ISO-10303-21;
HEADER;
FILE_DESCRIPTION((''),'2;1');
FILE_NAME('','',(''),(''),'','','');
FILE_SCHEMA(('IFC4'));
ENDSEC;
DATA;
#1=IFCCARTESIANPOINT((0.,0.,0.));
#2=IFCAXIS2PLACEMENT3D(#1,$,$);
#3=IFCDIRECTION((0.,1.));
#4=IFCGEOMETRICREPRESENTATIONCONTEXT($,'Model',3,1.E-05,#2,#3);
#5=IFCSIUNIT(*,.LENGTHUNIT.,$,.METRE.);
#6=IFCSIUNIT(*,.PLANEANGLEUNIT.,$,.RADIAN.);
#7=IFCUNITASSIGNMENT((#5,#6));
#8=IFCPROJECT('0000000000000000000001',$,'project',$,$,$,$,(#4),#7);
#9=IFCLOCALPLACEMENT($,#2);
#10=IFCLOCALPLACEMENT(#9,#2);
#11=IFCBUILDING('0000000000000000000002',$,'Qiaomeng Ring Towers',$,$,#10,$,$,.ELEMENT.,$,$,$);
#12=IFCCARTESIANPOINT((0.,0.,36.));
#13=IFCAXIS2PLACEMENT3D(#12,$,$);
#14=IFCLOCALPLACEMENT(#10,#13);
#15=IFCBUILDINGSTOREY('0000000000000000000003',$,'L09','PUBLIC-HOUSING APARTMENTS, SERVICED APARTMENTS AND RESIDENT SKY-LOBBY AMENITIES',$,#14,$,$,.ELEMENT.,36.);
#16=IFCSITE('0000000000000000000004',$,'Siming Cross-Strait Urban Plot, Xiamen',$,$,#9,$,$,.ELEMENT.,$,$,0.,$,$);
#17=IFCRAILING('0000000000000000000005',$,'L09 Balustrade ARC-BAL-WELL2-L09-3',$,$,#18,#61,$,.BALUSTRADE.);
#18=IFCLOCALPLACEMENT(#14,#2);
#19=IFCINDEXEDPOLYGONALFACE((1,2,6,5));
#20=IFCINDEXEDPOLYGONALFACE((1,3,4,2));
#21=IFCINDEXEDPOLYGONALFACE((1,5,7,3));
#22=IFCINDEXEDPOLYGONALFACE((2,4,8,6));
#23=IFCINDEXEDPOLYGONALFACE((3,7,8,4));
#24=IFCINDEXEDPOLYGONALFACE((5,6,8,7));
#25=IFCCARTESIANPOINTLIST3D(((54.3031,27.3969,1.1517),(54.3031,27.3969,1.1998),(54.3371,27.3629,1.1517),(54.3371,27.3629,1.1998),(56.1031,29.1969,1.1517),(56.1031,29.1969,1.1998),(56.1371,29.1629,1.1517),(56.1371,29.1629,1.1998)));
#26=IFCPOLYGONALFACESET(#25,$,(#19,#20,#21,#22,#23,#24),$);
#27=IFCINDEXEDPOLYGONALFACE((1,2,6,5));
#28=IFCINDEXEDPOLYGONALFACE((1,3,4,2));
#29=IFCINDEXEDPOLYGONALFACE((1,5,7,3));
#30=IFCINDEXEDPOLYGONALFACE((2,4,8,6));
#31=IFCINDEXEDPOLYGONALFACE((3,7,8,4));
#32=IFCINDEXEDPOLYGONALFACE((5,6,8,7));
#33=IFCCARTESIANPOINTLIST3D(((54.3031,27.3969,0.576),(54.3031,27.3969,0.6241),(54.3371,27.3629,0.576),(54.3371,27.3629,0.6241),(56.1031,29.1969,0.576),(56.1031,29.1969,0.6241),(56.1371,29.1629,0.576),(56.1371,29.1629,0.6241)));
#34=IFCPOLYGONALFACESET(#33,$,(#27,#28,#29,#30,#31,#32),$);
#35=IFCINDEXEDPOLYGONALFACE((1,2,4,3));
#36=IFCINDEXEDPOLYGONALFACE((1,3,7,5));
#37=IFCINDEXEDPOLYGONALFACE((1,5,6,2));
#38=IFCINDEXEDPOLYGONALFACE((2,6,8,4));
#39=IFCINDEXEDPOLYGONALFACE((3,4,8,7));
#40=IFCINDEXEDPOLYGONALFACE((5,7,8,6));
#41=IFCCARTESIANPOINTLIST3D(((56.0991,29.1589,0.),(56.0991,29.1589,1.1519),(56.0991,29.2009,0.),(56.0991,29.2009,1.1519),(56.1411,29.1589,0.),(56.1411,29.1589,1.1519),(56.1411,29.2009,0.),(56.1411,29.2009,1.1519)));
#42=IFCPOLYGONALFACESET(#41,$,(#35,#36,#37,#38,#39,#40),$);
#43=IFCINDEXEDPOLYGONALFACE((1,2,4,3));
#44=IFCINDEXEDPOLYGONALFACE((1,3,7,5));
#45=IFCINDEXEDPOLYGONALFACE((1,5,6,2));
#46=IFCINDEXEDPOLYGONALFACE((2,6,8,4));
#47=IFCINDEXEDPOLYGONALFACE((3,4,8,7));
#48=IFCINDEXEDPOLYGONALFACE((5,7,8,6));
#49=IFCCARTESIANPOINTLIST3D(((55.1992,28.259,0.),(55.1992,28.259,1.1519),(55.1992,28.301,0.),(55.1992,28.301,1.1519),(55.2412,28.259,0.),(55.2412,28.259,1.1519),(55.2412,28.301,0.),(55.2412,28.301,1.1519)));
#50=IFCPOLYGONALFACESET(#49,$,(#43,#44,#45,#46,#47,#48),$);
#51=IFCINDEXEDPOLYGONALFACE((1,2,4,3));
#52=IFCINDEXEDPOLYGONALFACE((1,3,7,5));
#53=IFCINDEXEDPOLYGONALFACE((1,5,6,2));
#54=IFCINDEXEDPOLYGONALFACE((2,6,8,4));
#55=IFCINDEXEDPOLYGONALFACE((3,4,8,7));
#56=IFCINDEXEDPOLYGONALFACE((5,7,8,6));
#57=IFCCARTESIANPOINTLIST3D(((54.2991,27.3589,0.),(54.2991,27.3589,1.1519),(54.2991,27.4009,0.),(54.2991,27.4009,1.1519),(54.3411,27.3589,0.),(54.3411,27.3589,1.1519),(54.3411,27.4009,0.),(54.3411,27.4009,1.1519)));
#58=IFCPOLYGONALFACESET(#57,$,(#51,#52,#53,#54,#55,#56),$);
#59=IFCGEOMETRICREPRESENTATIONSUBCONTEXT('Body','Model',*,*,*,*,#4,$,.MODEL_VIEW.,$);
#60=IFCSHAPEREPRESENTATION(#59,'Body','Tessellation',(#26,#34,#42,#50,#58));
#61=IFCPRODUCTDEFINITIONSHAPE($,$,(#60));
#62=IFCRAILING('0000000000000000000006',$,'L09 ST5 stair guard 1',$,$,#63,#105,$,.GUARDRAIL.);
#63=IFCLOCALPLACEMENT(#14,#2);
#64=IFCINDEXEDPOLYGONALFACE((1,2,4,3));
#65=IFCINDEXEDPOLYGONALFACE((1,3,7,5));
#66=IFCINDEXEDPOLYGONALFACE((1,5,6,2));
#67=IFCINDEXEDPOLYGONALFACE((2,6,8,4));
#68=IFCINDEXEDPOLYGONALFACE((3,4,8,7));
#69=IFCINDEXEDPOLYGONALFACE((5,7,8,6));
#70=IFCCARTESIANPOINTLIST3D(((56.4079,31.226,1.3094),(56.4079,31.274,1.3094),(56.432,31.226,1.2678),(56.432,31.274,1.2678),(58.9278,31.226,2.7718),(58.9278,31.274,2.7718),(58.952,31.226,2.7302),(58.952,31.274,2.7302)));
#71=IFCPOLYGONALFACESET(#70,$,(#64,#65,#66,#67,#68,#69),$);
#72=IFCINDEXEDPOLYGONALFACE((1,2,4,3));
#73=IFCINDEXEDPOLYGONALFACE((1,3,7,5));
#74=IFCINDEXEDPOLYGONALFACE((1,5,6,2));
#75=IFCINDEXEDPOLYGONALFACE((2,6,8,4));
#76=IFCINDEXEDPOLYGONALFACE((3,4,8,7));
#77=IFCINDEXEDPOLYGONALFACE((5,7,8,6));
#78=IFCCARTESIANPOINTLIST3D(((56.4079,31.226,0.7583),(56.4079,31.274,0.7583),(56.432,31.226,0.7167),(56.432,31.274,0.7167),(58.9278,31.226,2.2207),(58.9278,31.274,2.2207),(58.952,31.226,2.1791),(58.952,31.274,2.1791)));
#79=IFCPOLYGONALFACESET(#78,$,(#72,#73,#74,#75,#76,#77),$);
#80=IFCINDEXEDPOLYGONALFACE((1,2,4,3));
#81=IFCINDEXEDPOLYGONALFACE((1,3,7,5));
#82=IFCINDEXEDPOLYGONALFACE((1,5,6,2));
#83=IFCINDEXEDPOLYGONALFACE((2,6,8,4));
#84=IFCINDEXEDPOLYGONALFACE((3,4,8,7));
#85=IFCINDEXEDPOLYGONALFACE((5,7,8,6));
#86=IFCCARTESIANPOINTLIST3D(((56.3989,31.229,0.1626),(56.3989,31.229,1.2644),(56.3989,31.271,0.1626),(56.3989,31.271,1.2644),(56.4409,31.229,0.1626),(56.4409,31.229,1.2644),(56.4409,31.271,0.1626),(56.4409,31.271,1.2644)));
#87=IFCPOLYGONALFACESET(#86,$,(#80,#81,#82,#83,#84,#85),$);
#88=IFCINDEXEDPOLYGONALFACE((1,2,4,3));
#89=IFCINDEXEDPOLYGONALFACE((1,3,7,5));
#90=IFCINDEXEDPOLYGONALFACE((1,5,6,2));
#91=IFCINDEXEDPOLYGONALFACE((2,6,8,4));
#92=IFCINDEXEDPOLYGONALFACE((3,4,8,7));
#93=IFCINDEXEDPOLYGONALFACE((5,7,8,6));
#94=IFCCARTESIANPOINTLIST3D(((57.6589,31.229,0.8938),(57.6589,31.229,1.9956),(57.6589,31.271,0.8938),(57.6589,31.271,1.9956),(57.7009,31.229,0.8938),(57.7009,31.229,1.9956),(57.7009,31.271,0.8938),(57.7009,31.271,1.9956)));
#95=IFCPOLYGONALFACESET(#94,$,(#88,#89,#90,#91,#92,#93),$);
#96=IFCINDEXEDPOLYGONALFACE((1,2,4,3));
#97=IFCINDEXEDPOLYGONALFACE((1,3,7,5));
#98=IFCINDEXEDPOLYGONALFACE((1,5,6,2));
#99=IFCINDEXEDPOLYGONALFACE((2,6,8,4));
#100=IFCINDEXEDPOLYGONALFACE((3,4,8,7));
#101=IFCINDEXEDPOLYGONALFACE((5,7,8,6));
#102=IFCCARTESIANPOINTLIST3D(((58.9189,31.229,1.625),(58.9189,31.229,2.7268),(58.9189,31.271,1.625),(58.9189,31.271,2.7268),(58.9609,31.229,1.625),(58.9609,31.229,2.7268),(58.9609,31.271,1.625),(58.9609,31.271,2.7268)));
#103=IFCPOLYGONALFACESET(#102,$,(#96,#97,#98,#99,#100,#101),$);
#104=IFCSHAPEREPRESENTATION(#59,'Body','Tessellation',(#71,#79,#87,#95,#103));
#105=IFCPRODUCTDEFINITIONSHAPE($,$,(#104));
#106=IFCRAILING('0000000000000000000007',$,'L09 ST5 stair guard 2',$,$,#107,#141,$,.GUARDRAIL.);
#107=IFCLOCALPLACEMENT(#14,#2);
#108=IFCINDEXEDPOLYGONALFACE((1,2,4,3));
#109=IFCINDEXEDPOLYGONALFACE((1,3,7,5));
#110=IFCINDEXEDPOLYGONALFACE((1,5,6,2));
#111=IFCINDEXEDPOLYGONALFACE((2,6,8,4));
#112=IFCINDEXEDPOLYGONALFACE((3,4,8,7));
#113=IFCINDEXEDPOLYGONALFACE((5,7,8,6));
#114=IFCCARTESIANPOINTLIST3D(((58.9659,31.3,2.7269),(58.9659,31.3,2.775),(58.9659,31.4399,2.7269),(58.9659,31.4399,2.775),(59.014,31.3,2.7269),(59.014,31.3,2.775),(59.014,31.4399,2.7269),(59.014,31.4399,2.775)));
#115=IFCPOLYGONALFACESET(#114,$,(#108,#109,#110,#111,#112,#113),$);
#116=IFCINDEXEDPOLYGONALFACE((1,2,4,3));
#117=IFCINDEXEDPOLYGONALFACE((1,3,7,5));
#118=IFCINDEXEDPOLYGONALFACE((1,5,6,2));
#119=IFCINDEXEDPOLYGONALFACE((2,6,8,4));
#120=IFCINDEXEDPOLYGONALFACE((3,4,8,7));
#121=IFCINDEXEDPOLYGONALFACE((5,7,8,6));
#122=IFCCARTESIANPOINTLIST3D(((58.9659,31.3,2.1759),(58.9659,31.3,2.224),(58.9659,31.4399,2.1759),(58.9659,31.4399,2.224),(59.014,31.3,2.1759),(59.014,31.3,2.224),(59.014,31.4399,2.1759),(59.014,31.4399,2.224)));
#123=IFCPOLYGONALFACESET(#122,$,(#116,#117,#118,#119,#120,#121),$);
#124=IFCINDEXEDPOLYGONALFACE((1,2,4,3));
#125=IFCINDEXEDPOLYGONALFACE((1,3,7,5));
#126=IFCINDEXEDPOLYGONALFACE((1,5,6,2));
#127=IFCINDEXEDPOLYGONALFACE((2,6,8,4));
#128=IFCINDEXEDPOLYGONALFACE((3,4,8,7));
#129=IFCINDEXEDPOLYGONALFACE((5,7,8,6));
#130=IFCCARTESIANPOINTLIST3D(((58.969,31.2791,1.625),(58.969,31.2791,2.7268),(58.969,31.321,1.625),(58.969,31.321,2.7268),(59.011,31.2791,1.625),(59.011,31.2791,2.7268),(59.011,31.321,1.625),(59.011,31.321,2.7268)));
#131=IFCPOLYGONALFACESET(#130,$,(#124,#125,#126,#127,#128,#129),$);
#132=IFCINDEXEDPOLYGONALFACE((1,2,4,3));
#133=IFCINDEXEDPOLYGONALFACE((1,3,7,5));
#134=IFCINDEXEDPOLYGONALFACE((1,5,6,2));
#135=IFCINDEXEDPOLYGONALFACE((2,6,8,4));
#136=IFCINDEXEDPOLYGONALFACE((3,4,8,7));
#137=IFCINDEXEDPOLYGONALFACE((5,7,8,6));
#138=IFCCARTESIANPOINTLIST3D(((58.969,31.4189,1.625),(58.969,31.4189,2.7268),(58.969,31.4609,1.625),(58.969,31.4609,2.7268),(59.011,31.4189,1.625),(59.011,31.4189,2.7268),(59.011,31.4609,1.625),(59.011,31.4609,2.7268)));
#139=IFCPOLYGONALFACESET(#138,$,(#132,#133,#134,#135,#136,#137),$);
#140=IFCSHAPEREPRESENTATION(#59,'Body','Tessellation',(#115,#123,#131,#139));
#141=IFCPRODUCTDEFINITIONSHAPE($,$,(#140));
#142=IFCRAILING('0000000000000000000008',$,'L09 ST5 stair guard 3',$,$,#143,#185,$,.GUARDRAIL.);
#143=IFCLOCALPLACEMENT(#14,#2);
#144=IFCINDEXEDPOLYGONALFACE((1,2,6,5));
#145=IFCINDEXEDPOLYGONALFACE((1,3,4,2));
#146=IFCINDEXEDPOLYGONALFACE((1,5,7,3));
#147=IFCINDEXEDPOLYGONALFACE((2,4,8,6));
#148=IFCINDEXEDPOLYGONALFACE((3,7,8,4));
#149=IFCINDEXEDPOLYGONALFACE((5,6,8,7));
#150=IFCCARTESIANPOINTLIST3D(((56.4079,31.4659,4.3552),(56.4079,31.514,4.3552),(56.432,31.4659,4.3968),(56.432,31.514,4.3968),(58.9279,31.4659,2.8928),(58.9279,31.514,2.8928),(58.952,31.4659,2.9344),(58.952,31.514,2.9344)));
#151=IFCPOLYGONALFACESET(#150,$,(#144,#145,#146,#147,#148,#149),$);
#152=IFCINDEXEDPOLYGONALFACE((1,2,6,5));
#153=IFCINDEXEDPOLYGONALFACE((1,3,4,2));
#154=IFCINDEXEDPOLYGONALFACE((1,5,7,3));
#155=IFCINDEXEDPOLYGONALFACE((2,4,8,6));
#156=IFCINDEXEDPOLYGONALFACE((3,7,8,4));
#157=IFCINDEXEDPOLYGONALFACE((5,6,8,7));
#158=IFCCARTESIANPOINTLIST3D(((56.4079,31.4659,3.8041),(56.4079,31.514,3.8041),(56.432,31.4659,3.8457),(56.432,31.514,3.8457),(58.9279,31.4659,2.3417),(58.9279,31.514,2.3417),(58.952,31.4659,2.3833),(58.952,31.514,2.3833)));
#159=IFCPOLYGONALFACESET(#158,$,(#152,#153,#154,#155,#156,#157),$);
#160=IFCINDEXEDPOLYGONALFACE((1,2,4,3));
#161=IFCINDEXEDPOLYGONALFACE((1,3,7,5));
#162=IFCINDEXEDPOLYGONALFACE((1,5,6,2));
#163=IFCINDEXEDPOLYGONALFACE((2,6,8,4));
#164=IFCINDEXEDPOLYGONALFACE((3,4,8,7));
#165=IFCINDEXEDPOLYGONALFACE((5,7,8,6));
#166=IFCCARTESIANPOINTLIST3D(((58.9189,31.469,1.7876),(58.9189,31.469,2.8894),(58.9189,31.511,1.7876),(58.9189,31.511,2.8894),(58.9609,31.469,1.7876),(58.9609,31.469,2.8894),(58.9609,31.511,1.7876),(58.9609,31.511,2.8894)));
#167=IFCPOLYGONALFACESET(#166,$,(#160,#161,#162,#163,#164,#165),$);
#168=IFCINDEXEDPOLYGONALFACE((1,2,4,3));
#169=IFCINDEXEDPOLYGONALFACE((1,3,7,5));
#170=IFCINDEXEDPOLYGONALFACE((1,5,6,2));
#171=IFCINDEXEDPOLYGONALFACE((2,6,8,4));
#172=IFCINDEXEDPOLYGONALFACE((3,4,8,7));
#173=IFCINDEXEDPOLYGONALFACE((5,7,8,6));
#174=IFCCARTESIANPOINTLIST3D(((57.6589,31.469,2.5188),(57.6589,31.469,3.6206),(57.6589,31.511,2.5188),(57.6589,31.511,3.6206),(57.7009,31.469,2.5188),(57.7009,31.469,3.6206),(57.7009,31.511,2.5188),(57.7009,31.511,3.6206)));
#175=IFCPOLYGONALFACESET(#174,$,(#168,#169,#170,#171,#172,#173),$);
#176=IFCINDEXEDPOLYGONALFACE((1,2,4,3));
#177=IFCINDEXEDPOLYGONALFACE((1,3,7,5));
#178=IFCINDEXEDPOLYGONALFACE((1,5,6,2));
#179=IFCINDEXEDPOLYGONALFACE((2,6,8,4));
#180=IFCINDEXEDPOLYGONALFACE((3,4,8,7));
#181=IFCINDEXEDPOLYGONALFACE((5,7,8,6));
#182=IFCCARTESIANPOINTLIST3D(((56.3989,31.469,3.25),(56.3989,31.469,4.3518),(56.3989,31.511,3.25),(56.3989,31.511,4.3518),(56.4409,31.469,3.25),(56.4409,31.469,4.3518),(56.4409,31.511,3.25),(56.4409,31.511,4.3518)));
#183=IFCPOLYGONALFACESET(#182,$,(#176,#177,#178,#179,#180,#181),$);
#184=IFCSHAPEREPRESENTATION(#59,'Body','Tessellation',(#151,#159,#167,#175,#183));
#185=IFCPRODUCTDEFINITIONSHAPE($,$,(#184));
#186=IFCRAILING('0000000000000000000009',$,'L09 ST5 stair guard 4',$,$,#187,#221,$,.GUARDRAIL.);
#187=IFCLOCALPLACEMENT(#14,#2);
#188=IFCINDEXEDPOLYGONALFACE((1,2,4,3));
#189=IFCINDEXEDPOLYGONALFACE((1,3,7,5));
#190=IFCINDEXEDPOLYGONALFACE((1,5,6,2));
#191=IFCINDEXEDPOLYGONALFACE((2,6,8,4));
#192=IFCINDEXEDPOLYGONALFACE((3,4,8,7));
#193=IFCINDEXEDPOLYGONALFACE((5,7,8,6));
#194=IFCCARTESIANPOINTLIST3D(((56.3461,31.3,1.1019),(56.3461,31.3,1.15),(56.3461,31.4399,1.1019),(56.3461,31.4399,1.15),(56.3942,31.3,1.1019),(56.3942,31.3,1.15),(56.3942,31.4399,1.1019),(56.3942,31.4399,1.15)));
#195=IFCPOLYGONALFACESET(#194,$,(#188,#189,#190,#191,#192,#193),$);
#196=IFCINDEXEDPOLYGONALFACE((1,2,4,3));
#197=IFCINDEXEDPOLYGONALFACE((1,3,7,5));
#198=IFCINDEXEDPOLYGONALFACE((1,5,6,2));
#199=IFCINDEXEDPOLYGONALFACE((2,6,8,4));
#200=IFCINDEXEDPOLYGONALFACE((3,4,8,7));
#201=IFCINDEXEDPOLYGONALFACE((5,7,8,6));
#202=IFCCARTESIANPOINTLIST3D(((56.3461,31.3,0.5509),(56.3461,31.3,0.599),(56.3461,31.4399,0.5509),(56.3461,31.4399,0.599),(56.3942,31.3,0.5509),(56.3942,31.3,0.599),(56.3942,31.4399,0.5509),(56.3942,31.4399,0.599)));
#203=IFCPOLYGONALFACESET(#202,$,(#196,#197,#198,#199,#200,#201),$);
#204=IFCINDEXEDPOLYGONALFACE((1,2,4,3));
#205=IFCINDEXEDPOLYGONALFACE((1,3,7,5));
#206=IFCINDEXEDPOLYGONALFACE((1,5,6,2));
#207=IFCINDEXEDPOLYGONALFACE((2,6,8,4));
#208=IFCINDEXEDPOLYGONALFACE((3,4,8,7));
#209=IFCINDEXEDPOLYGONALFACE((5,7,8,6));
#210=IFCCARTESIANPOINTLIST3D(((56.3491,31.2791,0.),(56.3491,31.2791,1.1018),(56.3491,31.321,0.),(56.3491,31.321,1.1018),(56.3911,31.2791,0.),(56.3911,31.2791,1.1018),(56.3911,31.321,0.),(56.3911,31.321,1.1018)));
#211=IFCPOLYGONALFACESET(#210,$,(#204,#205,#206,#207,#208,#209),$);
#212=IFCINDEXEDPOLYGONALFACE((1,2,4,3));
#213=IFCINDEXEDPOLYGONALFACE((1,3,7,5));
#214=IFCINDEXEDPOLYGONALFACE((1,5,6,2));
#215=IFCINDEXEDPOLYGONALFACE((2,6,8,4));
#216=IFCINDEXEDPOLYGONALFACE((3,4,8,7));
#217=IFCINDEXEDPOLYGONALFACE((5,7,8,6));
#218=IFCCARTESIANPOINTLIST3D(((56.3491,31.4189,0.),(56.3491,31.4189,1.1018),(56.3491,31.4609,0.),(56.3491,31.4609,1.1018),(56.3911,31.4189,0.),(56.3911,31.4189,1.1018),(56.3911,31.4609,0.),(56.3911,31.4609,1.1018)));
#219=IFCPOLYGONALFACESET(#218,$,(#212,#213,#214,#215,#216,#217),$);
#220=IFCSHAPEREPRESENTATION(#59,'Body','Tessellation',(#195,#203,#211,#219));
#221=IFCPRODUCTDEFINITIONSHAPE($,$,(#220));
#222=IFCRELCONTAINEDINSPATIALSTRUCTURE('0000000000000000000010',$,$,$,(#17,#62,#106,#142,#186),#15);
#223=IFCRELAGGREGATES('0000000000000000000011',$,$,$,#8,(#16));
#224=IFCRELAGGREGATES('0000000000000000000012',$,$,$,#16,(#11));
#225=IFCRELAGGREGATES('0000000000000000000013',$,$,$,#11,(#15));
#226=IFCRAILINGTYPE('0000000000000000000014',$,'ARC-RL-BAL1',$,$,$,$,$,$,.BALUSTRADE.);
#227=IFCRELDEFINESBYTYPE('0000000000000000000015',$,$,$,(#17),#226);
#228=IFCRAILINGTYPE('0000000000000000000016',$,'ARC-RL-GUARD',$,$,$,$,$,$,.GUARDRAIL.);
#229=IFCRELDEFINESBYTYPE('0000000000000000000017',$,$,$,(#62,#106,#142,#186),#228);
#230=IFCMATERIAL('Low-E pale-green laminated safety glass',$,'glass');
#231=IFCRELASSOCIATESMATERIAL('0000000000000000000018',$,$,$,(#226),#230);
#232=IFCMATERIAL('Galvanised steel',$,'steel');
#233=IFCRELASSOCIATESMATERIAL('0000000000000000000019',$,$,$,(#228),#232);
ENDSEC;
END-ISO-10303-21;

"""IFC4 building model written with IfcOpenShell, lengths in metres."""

from ifc_helpers import new_model, si_unit, direction, frame, origin, origin_2d, place, context, subcontext, project, spatial, rectangle, extrude, material, type_object, element, save


model = new_model("IFC4")

# Units and contexts
model_context = context("Model", 3, precision=1e-05, world=origin(), true_north=direction((0.0, 1.0)))
body_context = subcontext(model_context, "Body", "Model", "MODEL_VIEW")
ifc_project = project(units=[si_unit("LENGTHUNIT", "METRE"), si_unit("PLANEANGLEUNIT", "RADIAN")], contexts=[model_context])

# Site, building, storey
site_placement = place(None, origin())
site = spatial("IfcSite", under=ifc_project, at=site_placement, Name="Siming Cross-Strait Urban Plot, Xiamen", CompositionType="ELEMENT", RefElevation=0.0)
building_placement = place(site_placement, origin())
building = spatial("IfcBuilding", under=site, at=building_placement, Name="Qiaomeng Ring Towers", CompositionType="ELEMENT")
storey_placement = place(building_placement, frame((0.0, 0.0, 36.0)))
storey = spatial("IfcBuildingStorey", under=building, at=storey_placement, Name="L09", Description="PUBLIC-HOUSING APARTMENTS, SERVICED APARTMENTS AND RESIDENT SKY-LOBBY AMENITIES", CompositionType="ELEMENT", Elevation=36.0)

# Railings
ifc_material_1 = material(Name="Low-E pale-green laminated safety glass", Category="glass")
railing_type_1 = type_object("IfcRailingType", Name="ARC-RL-BAL1", PredefinedType="BALUSTRADE", material=ifc_material_1)
railing_1_placement = place(storey_placement, frame((56.1201, 29.1799, 0.0)))
element("IfcRailing", 1, at=railing_1_placement, inside=storey, type_object=railing_type_1, Name="L09 Balustrade ARC-BAL-WELL2-L09-3", PredefinedType="BALUSTRADE", context=body_context, shape_type="SweptSolid", body=[
    extrude(rectangle(XDim=0.0481, YDim=0.0481, at=origin_2d()), frame((0.0, 0.0, 1.1758), z_axis=(-0.707107, -0.707107, 0.0), x_axis=(0.707107, -0.707107, 0.0)), (0.0, 0.0, 1.0), 2.5457),
    extrude(rectangle(XDim=0.0481, YDim=0.0481, at=origin_2d()), frame((0.0, 0.0, 0.6001), z_axis=(-0.707107, -0.707107, 0.0), x_axis=(0.707107, -0.707107, 0.0)), (0.0, 0.0, 1.0), 2.5457),
    extrude(rectangle(XDim=0.042, YDim=0.042, at=origin_2d()), origin(), (0.0, 0.0, 1.0), 1.1519),
    extrude(rectangle(XDim=0.042, YDim=0.042, at=origin_2d()), frame((-0.8999, -0.8999, 0.0)), (0.0, 0.0, 1.0), 1.1519),
    extrude(rectangle(XDim=0.042, YDim=0.042, at=origin_2d()), frame((-1.8, -1.8, 0.0)), (0.0, 0.0, 1.0), 1.1519),
])
ifc_material_2 = material(Name="Galvanised steel", Category="steel")
railing_type_2 = type_object("IfcRailingType", Name="ARC-RL-GUARD", PredefinedType="GUARDRAIL", material=ifc_material_2)
railing_2_placement = place(storey_placement, frame((56.4199, 31.25, 0.1626)))
element("IfcRailing", 2, at=railing_2_placement, inside=storey, type_object=railing_type_2, Name="L09 ST5 stair guard 1", PredefinedType="GUARDRAIL", context=body_context, shape_type="SweptSolid", body=[
    extrude(rectangle(XDim=0.0481, YDim=0.0481, at=origin_2d()), frame((0.0, 0.0, 1.126), z_axis=(0.864913, 0.0, 0.501921), x_axis=(0.0, 1.0, 0.0)), (0.0, 0.0, 1.0), 2.9136),
    extrude(rectangle(XDim=0.0481, YDim=0.0481, at=origin_2d()), frame((0.0, 0.0, 0.575), z_axis=(0.864913, 0.0, 0.501921), x_axis=(0.0, 1.0, 0.0)), (0.0, 0.0, 1.0), 2.9136),
    extrude(rectangle(XDim=0.042, YDim=0.042, at=origin_2d()), origin(), (0.0, 0.0, 1.0), 1.1018),
    extrude(rectangle(XDim=0.042, YDim=0.042, at=origin_2d()), frame((1.26, 0.0, 0.7312)), (0.0, 0.0, 1.0), 1.1018),
    extrude(rectangle(XDim=0.042, YDim=0.042, at=origin_2d()), frame((2.52, 0.0, 1.4624)), (0.0, 0.0, 1.0), 1.1018),
])
railing_3_placement = place(storey_placement, frame((58.99, 31.3, 1.625)))
element("IfcRailing", 3, at=railing_3_placement, inside=storey, type_object=railing_type_2, Name="L09 ST5 stair guard 2", PredefinedType="GUARDRAIL", context=body_context, shape_type="SweptSolid", body=[
    extrude(rectangle(XDim=0.0481, YDim=0.0481, at=origin_2d()), frame((0.0, 0.0, 1.126), z_axis=(0.0, 1.0, 0.0), x_axis=(-1.0, 0.0, 0.0)), (0.0, 0.0, 1.0), 0.1399),
    extrude(rectangle(XDim=0.0481, YDim=0.0481, at=origin_2d()), frame((0.0, 0.0, 0.575), z_axis=(0.0, 1.0, 0.0), x_axis=(-1.0, 0.0, 0.0)), (0.0, 0.0, 1.0), 0.1399),
    extrude(rectangle(XDim=0.042, YDim=0.042, at=origin_2d()), origin(), (0.0, 0.0, 1.0), 1.1018),
    extrude(rectangle(XDim=0.042, YDim=0.042, at=origin_2d()), frame((0.0, 0.1399, 0.0)), (0.0, 0.0, 1.0), 1.1018),
])
railing_4_placement = place(storey_placement, frame((58.9399, 31.49, 1.7876)))
element("IfcRailing", 4, at=railing_4_placement, inside=storey, type_object=railing_type_2, Name="L09 ST5 stair guard 3", PredefinedType="GUARDRAIL", context=body_context, shape_type="SweptSolid", body=[
    extrude(rectangle(XDim=0.0481, YDim=0.0481, at=origin_2d()), frame((0.0, 0.0, 1.126), z_axis=(-0.864913, 0.0, 0.501921), x_axis=(0.0, -1.0, 0.0)), (0.0, 0.0, 1.0), 2.9136),
    extrude(rectangle(XDim=0.0481, YDim=0.0481, at=origin_2d()), frame((0.0, 0.0, 0.575), z_axis=(-0.864913, 0.0, 0.501921), x_axis=(0.0, -1.0, 0.0)), (0.0, 0.0, 1.0), 2.9136),
    extrude(rectangle(XDim=0.042, YDim=0.042, at=origin_2d()), origin(), (0.0, 0.0, 1.0), 1.1018),
    extrude(rectangle(XDim=0.042, YDim=0.042, at=origin_2d()), frame((-1.26, 0.0, 0.7312)), (0.0, 0.0, 1.0), 1.1018),
    extrude(rectangle(XDim=0.042, YDim=0.042, at=origin_2d()), frame((-2.52, 0.0, 1.4624)), (0.0, 0.0, 1.0), 1.1018),
])
railing_5_placement = place(storey_placement, frame((56.3701, 31.3, 0.0)))
element("IfcRailing", 5, at=railing_5_placement, inside=storey, type_object=railing_type_2, Name="L09 ST5 stair guard 4", PredefinedType="GUARDRAIL", context=body_context, shape_type="SweptSolid", body=[
    extrude(rectangle(XDim=0.0481, YDim=0.0481, at=origin_2d()), frame((0.0, 0.0, 1.126), z_axis=(0.0, 1.0, 0.0), x_axis=(-1.0, 0.0, 0.0)), (0.0, 0.0, 1.0), 0.1399),
    extrude(rectangle(XDim=0.0481, YDim=0.0481, at=origin_2d()), frame((0.0, 0.0, 0.575), z_axis=(0.0, 1.0, 0.0), x_axis=(-1.0, 0.0, 0.0)), (0.0, 0.0, 1.0), 0.1399),
    extrude(rectangle(XDim=0.042, YDim=0.042, at=origin_2d()), origin(), (0.0, 0.0, 1.0), 1.1018),
    extrude(rectangle(XDim=0.042, YDim=0.042, at=origin_2d()), frame((0.0, 0.1399, 0.0)), (0.0, 0.0, 1.0), 1.1018),
])

save(model, "model.ifc")
